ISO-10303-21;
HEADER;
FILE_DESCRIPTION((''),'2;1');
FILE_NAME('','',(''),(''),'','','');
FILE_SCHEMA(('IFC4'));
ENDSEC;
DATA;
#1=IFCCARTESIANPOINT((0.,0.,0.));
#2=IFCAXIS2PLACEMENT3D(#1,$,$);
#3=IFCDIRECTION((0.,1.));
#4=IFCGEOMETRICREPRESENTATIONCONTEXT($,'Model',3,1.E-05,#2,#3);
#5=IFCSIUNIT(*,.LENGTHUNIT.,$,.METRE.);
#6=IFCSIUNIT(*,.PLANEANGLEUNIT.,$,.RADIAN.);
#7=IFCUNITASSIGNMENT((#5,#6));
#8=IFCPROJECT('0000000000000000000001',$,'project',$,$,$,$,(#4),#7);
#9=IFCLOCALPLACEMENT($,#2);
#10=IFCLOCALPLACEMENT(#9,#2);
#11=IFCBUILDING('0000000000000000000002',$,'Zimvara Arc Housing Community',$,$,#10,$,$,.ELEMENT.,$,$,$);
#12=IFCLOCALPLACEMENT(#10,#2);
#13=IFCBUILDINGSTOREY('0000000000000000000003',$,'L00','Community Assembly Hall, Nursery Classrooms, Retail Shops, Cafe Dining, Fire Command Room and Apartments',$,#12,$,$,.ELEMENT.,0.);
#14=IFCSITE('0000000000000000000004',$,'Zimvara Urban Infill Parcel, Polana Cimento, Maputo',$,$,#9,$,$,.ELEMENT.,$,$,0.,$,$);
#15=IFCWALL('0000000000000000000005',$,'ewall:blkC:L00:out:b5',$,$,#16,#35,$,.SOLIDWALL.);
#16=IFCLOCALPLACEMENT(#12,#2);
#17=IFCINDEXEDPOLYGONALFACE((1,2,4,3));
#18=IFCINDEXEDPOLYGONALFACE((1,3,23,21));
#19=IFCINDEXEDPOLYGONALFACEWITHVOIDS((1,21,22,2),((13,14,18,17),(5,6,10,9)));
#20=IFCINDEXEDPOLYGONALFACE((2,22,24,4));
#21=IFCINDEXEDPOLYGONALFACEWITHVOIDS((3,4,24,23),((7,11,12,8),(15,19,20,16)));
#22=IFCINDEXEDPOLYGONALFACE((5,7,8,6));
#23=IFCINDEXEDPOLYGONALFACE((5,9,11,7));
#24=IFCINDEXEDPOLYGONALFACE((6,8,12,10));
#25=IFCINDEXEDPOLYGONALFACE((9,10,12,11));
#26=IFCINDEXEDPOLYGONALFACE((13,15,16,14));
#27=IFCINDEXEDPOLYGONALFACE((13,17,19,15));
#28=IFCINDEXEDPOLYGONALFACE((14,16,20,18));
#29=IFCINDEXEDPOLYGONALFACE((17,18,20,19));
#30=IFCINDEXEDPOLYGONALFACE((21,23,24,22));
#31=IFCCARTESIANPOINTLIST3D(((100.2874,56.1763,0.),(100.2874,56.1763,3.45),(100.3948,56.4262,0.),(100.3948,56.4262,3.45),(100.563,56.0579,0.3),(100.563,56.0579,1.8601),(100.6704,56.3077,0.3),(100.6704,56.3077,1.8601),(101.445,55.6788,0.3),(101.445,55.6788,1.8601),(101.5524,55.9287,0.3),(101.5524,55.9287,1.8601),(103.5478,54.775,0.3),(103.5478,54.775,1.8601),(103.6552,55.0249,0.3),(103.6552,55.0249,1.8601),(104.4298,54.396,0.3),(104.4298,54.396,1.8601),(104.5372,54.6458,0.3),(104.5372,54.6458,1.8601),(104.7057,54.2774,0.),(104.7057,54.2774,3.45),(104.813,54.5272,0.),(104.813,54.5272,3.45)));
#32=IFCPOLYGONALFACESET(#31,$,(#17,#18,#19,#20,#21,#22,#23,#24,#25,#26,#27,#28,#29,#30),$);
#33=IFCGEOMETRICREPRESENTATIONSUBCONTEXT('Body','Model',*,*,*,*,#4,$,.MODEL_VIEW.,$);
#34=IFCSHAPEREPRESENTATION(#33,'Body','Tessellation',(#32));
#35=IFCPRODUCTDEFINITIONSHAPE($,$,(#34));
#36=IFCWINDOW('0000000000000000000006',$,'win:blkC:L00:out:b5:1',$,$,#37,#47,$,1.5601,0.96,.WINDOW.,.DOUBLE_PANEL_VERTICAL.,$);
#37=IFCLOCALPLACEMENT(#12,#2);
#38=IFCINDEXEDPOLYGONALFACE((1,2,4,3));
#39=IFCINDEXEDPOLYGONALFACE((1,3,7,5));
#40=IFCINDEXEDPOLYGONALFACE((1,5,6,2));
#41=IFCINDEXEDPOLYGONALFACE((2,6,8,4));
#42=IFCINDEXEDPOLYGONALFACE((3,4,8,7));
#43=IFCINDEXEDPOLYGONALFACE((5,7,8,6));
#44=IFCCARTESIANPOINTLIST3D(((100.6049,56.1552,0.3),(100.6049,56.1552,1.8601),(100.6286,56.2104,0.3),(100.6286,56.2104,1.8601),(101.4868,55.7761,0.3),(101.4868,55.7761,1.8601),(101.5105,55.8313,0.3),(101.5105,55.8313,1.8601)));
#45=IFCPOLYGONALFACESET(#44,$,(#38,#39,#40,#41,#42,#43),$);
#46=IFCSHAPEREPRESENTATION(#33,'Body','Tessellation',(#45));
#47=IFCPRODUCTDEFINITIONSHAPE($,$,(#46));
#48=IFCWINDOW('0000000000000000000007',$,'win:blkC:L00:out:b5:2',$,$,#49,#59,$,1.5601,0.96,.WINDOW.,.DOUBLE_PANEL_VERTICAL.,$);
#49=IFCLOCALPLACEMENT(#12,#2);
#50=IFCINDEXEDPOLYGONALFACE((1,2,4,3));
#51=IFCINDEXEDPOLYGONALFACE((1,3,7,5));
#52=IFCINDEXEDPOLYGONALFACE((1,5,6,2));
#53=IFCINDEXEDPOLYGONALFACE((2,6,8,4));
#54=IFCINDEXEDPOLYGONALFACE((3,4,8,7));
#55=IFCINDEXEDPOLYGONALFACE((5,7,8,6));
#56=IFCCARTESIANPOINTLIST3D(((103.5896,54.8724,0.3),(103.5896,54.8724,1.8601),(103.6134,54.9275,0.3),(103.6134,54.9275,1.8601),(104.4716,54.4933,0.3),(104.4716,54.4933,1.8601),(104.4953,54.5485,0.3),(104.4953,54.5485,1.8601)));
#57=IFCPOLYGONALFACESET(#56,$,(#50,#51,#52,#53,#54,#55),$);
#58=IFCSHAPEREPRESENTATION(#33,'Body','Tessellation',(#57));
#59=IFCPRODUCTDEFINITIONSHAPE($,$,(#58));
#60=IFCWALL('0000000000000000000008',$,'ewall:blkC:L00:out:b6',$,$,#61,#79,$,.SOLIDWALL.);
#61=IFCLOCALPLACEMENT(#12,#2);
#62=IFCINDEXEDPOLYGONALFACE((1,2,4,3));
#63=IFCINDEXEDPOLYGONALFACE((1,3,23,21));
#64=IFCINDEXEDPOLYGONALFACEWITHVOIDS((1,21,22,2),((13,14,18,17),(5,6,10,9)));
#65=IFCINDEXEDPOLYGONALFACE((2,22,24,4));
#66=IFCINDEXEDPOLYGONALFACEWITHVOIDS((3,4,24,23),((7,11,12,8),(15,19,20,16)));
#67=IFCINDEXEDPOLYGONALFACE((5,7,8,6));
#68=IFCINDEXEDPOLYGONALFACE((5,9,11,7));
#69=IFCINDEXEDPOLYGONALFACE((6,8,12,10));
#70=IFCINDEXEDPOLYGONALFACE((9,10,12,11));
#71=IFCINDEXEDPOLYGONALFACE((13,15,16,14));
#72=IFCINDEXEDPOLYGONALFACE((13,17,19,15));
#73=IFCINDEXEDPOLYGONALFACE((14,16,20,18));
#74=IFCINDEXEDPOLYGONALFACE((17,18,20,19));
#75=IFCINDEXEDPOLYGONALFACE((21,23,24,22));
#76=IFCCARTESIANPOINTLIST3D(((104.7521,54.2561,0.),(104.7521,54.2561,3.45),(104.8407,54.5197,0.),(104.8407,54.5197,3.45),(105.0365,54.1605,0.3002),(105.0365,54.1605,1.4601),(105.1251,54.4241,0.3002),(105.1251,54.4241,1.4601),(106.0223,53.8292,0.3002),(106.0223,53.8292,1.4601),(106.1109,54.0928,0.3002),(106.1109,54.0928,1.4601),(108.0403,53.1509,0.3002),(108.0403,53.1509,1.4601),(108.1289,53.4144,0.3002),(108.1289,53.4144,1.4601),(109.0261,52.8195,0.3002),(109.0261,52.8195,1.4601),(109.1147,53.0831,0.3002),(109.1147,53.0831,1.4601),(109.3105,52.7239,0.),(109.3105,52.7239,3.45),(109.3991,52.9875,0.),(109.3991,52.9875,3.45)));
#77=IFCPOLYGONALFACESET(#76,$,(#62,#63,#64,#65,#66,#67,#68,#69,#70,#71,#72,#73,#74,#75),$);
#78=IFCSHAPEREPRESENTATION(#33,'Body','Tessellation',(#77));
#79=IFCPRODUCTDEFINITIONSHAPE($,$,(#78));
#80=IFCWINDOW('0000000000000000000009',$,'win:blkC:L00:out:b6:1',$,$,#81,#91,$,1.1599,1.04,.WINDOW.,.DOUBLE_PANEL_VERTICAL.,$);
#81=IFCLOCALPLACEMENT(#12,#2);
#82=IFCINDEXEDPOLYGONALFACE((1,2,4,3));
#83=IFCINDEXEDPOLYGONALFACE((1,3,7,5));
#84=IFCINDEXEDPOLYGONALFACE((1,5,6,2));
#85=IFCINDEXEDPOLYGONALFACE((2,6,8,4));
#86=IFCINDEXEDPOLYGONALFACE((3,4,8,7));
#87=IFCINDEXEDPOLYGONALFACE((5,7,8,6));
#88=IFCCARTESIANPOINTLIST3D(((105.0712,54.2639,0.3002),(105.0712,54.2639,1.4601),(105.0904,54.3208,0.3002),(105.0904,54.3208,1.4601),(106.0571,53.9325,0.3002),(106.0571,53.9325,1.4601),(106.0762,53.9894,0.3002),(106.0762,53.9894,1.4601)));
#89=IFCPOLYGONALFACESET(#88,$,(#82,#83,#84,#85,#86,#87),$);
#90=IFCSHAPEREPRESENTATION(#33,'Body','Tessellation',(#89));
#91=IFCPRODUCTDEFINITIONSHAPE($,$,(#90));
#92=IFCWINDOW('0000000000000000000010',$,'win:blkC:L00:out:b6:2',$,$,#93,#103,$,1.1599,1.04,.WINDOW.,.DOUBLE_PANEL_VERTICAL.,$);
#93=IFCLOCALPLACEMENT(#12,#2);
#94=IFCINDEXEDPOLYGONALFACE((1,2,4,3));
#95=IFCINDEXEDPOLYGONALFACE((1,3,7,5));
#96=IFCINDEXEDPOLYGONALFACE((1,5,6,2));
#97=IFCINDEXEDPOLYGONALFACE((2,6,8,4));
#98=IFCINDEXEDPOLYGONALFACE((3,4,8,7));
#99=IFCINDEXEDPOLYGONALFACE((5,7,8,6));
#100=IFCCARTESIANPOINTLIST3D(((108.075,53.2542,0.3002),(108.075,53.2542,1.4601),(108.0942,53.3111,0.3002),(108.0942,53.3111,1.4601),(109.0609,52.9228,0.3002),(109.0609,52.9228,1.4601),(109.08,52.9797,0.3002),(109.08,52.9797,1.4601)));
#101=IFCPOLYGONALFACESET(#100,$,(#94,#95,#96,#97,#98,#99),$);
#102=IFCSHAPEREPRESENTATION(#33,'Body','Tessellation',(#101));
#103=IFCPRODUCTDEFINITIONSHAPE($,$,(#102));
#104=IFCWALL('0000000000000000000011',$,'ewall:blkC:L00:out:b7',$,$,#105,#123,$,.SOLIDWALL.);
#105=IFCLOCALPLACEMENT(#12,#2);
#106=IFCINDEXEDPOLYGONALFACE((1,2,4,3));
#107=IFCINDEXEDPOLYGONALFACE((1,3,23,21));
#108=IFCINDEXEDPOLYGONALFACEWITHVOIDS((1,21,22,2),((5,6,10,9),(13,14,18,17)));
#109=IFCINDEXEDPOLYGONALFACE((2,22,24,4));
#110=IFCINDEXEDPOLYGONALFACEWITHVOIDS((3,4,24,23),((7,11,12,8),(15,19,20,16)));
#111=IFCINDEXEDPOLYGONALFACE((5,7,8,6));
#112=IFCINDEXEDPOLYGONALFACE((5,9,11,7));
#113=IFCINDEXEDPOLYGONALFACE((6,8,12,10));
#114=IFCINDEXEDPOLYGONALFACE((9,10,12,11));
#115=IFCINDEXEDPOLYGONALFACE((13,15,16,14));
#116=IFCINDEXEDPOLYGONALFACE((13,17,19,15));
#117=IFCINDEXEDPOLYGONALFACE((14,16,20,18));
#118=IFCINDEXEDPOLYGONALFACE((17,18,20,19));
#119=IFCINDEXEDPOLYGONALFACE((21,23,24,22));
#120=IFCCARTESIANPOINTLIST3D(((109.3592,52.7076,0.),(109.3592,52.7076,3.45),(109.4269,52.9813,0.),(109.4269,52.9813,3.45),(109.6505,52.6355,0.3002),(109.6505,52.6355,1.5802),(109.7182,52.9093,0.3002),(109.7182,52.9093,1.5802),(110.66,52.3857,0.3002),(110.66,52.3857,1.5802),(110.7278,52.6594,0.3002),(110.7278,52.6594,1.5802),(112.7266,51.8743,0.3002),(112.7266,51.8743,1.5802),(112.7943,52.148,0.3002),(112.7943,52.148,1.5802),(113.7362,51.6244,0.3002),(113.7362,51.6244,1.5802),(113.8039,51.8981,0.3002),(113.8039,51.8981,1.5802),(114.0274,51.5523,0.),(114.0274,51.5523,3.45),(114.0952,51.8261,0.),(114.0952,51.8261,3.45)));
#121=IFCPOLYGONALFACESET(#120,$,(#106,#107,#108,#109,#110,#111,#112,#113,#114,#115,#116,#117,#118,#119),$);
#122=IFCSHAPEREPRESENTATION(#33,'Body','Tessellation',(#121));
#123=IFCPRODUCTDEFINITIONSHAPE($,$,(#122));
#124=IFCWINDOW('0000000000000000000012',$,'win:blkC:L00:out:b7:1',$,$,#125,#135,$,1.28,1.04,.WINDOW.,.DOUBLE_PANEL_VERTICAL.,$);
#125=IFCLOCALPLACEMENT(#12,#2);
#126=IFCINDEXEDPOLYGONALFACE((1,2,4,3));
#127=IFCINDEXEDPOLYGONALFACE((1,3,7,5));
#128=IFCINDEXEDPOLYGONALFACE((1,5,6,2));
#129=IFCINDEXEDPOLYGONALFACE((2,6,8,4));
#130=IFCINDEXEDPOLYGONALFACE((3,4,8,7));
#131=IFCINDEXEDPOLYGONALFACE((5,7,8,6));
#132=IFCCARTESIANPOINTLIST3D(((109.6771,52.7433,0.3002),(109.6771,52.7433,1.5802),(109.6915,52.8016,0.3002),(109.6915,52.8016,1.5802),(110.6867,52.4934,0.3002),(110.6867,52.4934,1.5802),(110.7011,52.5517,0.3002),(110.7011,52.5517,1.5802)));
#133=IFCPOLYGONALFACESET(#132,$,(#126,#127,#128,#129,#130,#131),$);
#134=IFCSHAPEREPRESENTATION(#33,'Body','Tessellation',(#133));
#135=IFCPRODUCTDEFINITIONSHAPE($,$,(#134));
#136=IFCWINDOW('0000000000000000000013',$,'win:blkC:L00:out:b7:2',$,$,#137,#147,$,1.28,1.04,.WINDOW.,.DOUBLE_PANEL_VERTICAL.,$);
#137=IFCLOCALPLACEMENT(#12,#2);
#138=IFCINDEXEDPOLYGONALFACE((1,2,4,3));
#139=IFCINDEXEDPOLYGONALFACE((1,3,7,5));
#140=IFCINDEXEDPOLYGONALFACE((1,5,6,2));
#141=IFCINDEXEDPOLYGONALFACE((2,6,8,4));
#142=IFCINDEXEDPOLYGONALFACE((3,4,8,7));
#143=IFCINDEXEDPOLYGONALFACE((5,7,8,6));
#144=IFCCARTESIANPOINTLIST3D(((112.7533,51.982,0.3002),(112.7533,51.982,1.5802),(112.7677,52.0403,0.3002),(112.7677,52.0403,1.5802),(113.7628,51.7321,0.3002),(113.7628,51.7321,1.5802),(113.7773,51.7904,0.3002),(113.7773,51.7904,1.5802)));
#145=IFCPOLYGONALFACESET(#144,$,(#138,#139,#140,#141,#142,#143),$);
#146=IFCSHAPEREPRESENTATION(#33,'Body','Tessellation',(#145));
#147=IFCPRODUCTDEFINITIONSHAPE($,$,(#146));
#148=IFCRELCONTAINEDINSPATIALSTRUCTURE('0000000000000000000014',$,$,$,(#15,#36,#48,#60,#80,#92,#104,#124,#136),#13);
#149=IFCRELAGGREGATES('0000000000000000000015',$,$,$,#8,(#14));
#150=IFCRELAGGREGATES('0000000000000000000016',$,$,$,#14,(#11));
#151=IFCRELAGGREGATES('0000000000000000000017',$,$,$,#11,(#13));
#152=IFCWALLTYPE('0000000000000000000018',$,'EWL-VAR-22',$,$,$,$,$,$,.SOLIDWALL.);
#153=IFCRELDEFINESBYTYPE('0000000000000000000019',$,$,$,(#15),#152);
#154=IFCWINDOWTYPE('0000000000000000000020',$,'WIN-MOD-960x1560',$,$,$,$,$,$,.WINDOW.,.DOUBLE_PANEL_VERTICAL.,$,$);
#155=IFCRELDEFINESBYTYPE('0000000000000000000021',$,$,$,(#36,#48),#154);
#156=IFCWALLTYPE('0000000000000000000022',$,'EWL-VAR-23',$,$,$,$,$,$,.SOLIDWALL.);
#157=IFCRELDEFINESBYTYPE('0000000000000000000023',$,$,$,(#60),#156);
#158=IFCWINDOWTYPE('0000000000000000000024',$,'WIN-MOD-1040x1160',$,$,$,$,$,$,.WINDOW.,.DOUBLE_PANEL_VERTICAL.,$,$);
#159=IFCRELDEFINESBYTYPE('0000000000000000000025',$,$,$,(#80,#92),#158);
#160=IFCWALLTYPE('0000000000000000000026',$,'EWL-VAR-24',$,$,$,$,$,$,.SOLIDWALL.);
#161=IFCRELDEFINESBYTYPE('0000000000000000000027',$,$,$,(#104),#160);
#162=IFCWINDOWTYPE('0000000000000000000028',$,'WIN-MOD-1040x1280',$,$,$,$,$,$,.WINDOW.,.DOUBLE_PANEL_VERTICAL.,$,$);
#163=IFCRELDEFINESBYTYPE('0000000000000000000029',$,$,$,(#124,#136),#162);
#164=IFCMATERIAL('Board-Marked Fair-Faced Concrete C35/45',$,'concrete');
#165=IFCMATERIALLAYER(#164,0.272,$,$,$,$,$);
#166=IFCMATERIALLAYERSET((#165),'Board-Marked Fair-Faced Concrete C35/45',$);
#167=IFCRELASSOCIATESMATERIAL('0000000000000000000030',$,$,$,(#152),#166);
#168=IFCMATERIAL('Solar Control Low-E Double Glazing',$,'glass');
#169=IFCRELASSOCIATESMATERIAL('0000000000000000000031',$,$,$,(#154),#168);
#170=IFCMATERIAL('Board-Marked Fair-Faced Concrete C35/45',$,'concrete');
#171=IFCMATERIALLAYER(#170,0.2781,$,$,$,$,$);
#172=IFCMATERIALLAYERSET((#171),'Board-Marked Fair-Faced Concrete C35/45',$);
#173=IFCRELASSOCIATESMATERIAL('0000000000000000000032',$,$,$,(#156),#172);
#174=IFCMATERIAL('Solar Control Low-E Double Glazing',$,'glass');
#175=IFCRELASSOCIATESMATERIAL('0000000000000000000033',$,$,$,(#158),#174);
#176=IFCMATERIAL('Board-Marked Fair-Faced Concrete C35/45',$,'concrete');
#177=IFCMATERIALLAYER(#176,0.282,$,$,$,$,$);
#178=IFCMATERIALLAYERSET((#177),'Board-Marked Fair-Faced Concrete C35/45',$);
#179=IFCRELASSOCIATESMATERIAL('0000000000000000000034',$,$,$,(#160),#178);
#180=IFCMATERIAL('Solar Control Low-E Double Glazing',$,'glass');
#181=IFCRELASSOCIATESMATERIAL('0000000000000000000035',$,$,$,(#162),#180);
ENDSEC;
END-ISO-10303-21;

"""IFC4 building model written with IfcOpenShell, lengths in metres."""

from ifc_helpers import new_model, si_unit, direction, frame, frame_2d, origin, place, context, subcontext, project, spatial, rectangle, extrude, material, layer, layer_set, type_object, element, fill, save


model = new_model("IFC4")

# Units and contexts
model_context = context("Model", 3, precision=1e-05, world=origin(), true_north=direction((0.0, 1.0)))
body_context = subcontext(model_context, "Body", "Model", "MODEL_VIEW")
ifc_project = project(units=[si_unit("LENGTHUNIT", "METRE"), si_unit("PLANEANGLEUNIT", "RADIAN")], contexts=[model_context])

# Site, building, storey
site_placement = place(None, origin())
site = spatial("IfcSite", under=ifc_project, at=site_placement, Name="Zimvara Urban Infill Parcel, Polana Cimento, Maputo", CompositionType="ELEMENT", RefElevation=0.0)
building_placement = place(site_placement, origin())
building = spatial("IfcBuilding", under=site, at=building_placement, Name="Zimvara Arc Housing Community", CompositionType="ELEMENT")
storey_placement = place(building_placement, origin())
storey = spatial("IfcBuildingStorey", under=building, at=storey_placement, Name="L00", Description="Community Assembly Hall, Nursery Classrooms, Retail Shops, Cafe Dining, Fire Command Room and Apartments", CompositionType="ELEMENT", Elevation=0.0)

# Walls, openings, windows
ifc_material_1 = material(Name="Board-Marked Fair-Faced Concrete C35/45", Category="concrete")
ifc_layer_1 = layer(ifc_material_1, 0.272)
ifc_layer_set_1 = layer_set([ifc_layer_1], Name="Board-Marked Fair-Faced Concrete C35/45")
wall_type_1 = type_object("IfcWallType", Name="EWL-VAR-22", PredefinedType="SOLIDWALL", material=ifc_layer_set_1)
wall_1_placement = place(storey_placement, frame((100.3411, 56.3013, 0.0), z_axis=(0.0, 0.0, 1.0), x_axis=(0.918738, -0.394869, 0.0)))
wall_1 = element("IfcWall", 1, at=wall_1_placement, inside=storey, type_object=wall_type_1, Name="ewall:blkC:L00:out:b5", PredefinedType="SOLIDWALL", context=body_context, shape_type="SweptSolid", body=[
    extrude(rectangle(XDim=4.8091, YDim=0.272, at=frame_2d((2.4045, 0.0))), origin(), (0.0, 0.0, 1.0), 3.45),
])
opening_1_placement = place(wall_1_placement, frame((0.3, 0.0, 0.3)))
opening_1 = element("IfcOpeningElement", 2, at=opening_1_placement, cuts=wall_1, PredefinedType="OPENING", context=body_context, shape_type="SweptSolid", body=[
    extrude(rectangle(XDim=0.96, YDim=1.5601, at=frame_2d((0.48, 0.78))), frame((0.0, 0.146, 0.0), z_axis=(0.0, -1.0, 0.0), x_axis=(1.0, 0.0, 0.0)), (0.0, 0.0, 1.0), 0.292),
])
opening_2_placement = place(wall_1_placement, frame((3.5488, 0.0, 0.3)))
opening_2 = element("IfcOpeningElement", 3, at=opening_2_placement, cuts=wall_1, PredefinedType="OPENING", context=body_context, shape_type="SweptSolid", body=[
    extrude(rectangle(XDim=0.96, YDim=1.5601, at=frame_2d((0.48, 0.78))), frame((0.0, 0.146, 0.0), z_axis=(0.0, -1.0, 0.0), x_axis=(1.0, 0.0, 0.0)), (0.0, 0.0, 1.0), 0.292),
])
ifc_material_2 = material(Name="Solar Control Low-E Double Glazing", Category="glass")
window_type_1 = type_object("IfcWindowType", Name="WIN-MOD-960x1560", PartitioningType="DOUBLE_PANEL_VERTICAL", PredefinedType="WINDOW", material=ifc_material_2)
window_1_placement = place(opening_1_placement, origin())
window_1 = element("IfcWindow", 4, at=window_1_placement, inside=storey, type_object=window_type_1, Name="win:blkC:L00:out:b5:1", OverallHeight=1.5601, OverallWidth=0.96, PartitioningType="DOUBLE_PANEL_VERTICAL", PredefinedType="WINDOW", context=body_context, shape_type="SweptSolid", body=[
    extrude(rectangle(XDim=0.96, YDim=1.5601, at=frame_2d((0.48, 0.78))), frame((0.0, 0.03, 0.0), z_axis=(0.0, -1.0, 0.0), x_axis=(1.0, 0.0, 0.0)), (0.0, 0.0, 1.0), 0.0601),
])
fill(opening_1, window_1)
window_2_placement = place(opening_2_placement, origin())
window_2 = element("IfcWindow", 5, at=window_2_placement, inside=storey, type_object=window_type_1, Name="win:blkC:L00:out:b5:2", OverallHeight=1.5601, OverallWidth=0.96, PartitioningType="DOUBLE_PANEL_VERTICAL", PredefinedType="WINDOW", context=body_context, shape_type="SweptSolid", body=[
    extrude(rectangle(XDim=0.96, YDim=1.5601, at=frame_2d((0.48, 0.78))), frame((0.0, 0.03, 0.0), z_axis=(0.0, -1.0, 0.0), x_axis=(1.0, 0.0, 0.0)), (0.0, 0.0, 1.0), 0.0601),
])
fill(opening_2, window_2)
ifc_material_3 = material(Name="Board-Marked Fair-Faced Concrete C35/45", Category="concrete")
ifc_layer_2 = layer(ifc_material_3, 0.2781)
ifc_layer_set_2 = layer_set([ifc_layer_2], Name="Board-Marked Fair-Faced Concrete C35/45")
wall_type_2 = type_object("IfcWallType", Name="EWL-VAR-23", PredefinedType="SOLIDWALL", material=ifc_layer_set_2)
wall_2_placement = place(storey_placement, frame((104.7964, 54.3879, 0.0), z_axis=(0.0, 0.0, 1.0), x_axis=(0.947883, -0.318618, 0.0)))
wall_2 = element("IfcWall", 6, at=wall_2_placement, inside=storey, type_object=wall_type_2, Name="ewall:blkC:L00:out:b6", PredefinedType="SOLIDWALL", context=body_context, shape_type="SweptSolid", body=[
    extrude(rectangle(XDim=4.8091, YDim=0.2781, at=frame_2d((2.4045, 0.0))), origin(), (0.0, 0.0, 1.0), 3.45),
])
opening_3_placement = place(wall_2_placement, frame((0.3, 0.0, 0.3)))
opening_3 = element("IfcOpeningElement", 7, at=opening_3_placement, cuts=wall_2, PredefinedType="OPENING", context=body_context, shape_type="SweptSolid", body=[
    extrude(rectangle(XDim=1.04, YDim=1.1599, at=frame_2d((0.52, 0.5801))), frame((0.0, 0.1489, 0.0), z_axis=(0.0, -1.0, 0.0), x_axis=(1.0, 0.0, 0.0)), (0.0, 0.0, 1.0), 0.2981),
])
opening_4_placement = place(wall_2_placement, frame((3.469, 0.0, 0.3)))
opening_4 = element("IfcOpeningElement", 8, at=opening_4_placement, cuts=wall_2, PredefinedType="OPENING", context=body_context, shape_type="SweptSolid", body=[
    extrude(rectangle(XDim=1.04, YDim=1.1599, at=frame_2d((0.52, 0.5801))), frame((0.0, 0.1489, 0.0), z_axis=(0.0, -1.0, 0.0), x_axis=(1.0, 0.0, 0.0)), (0.0, 0.0, 1.0), 0.2981),
])
ifc_material_4 = material(Name="Solar Control Low-E Double Glazing", Category="glass")
window_type_2 = type_object("IfcWindowType", Name="WIN-MOD-1040x1160", PartitioningType="DOUBLE_PANEL_VERTICAL", PredefinedType="WINDOW", material=ifc_material_4)
window_3_placement = place(opening_3_placement, origin())
window_3 = element("IfcWindow", 9, at=window_3_placement, inside=storey, type_object=window_type_2, Name="win:blkC:L00:out:b6:1", OverallHeight=1.1599, OverallWidth=1.04, PartitioningType="DOUBLE_PANEL_VERTICAL", PredefinedType="WINDOW", context=body_context, shape_type="SweptSolid", body=[
    extrude(rectangle(XDim=1.04, YDim=1.1599, at=frame_2d((0.52, 0.5801))), frame((0.0, 0.03, 0.0), z_axis=(0.0, -1.0, 0.0), x_axis=(1.0, 0.0, 0.0)), (0.0, 0.0, 1.0), 0.0601),
])
fill(opening_3, window_3)
window_4_placement = place(opening_4_placement, origin())
window_4 = element("IfcWindow", 10, at=window_4_placement, inside=storey, type_object=window_type_2, Name="win:blkC:L00:out:b6:2", OverallHeight=1.1599, OverallWidth=1.04, PartitioningType="DOUBLE_PANEL_VERTICAL", PredefinedType="WINDOW", context=body_context, shape_type="SweptSolid", body=[
    extrude(rectangle(XDim=1.04, YDim=1.1599, at=frame_2d((0.52, 0.5801))), frame((0.0, 0.03, 0.0), z_axis=(0.0, -1.0, 0.0), x_axis=(1.0, 0.0, 0.0)), (0.0, 0.0, 1.0), 0.0601),
])
fill(opening_4, window_4)
ifc_material_5 = material(Name="Board-Marked Fair-Faced Concrete C35/45", Category="concrete")
ifc_layer_3 = layer(ifc_material_5, 0.282)
ifc_layer_set_3 = layer_set([ifc_layer_3], Name="Board-Marked Fair-Faced Concrete C35/45")
wall_type_3 = type_object("IfcWallType", Name="EWL-VAR-24", PredefinedType="SOLIDWALL", material=ifc_layer_set_3)
wall_3_placement = place(storey_placement, frame((109.3931, 52.8445, 0.0), z_axis=(0.0, 0.0, 1.0), x_axis=(0.970716, -0.24023, 0.0)))
wall_3 = element("IfcWall", 11, at=wall_3_placement, inside=storey, type_object=wall_type_3, Name="ewall:blkC:L00:out:b7", PredefinedType="SOLIDWALL", context=body_context, shape_type="SweptSolid", body=[
    extrude(rectangle(XDim=4.8091, YDim=0.282, at=frame_2d((2.4045, 0.0))), origin(), (0.0, 0.0, 1.0), 3.45),
])
opening_5_placement = place(wall_3_placement, frame((0.3, 0.0, 0.3)))
opening_5 = element("IfcOpeningElement", 12, at=opening_5_placement, cuts=wall_3, PredefinedType="OPENING", context=body_context, shape_type="SweptSolid", body=[
    extrude(rectangle(XDim=1.04, YDim=1.28, at=frame_2d((0.52, 0.6401))), frame((0.0, 0.1509, 0.0), z_axis=(0.0, -1.0, 0.0), x_axis=(1.0, 0.0, 0.0)), (0.0, 0.0, 1.0), 0.302),
])
opening_6_placement = place(wall_3_placement, frame((3.469, 0.0, 0.3)))
opening_6 = element("IfcOpeningElement", 13, at=opening_6_placement, cuts=wall_3, PredefinedType="OPENING", context=body_context, shape_type="SweptSolid", body=[
    extrude(rectangle(XDim=1.04, YDim=1.28, at=frame_2d((0.52, 0.6401))), frame((0.0, 0.1509, 0.0), z_axis=(0.0, -1.0, 0.0), x_axis=(1.0, 0.0, 0.0)), (0.0, 0.0, 1.0), 0.302),
])
ifc_material_6 = material(Name="Solar Control Low-E Double Glazing", Category="glass")
window_type_3 = type_object("IfcWindowType", Name="WIN-MOD-1040x1280", PartitioningType="DOUBLE_PANEL_VERTICAL", PredefinedType="WINDOW", material=ifc_material_6)
window_5_placement = place(opening_5_placement, origin())
window_5 = element("IfcWindow", 14, at=window_5_placement, inside=storey, type_object=window_type_3, Name="win:blkC:L00:out:b7:1", OverallHeight=1.28, OverallWidth=1.04, PartitioningType="DOUBLE_PANEL_VERTICAL", PredefinedType="WINDOW", context=body_context, shape_type="SweptSolid", body=[
    extrude(rectangle(XDim=1.04, YDim=1.28, at=frame_2d((0.52, 0.6401))), frame((0.0, 0.03, 0.0), z_axis=(0.0, -1.0, 0.0), x_axis=(1.0, 0.0, 0.0)), (0.0, 0.0, 1.0), 0.0601),
])
fill(opening_5, window_5)
window_6_placement = place(opening_6_placement, origin())
window_6 = element("IfcWindow", 15, at=window_6_placement, inside=storey, type_object=window_type_3, Name="win:blkC:L00:out:b7:2", OverallHeight=1.28, OverallWidth=1.04, PartitioningType="DOUBLE_PANEL_VERTICAL", PredefinedType="WINDOW", context=body_context, shape_type="SweptSolid", body=[
    extrude(rectangle(XDim=1.04, YDim=1.28, at=frame_2d((0.52, 0.6401))), frame((0.0, 0.03, 0.0), z_axis=(0.0, -1.0, 0.0), x_axis=(1.0, 0.0, 0.0)), (0.0, 0.0, 1.0), 0.0601),
])
fill(opening_6, window_6)

save(model, "model.ifc")
